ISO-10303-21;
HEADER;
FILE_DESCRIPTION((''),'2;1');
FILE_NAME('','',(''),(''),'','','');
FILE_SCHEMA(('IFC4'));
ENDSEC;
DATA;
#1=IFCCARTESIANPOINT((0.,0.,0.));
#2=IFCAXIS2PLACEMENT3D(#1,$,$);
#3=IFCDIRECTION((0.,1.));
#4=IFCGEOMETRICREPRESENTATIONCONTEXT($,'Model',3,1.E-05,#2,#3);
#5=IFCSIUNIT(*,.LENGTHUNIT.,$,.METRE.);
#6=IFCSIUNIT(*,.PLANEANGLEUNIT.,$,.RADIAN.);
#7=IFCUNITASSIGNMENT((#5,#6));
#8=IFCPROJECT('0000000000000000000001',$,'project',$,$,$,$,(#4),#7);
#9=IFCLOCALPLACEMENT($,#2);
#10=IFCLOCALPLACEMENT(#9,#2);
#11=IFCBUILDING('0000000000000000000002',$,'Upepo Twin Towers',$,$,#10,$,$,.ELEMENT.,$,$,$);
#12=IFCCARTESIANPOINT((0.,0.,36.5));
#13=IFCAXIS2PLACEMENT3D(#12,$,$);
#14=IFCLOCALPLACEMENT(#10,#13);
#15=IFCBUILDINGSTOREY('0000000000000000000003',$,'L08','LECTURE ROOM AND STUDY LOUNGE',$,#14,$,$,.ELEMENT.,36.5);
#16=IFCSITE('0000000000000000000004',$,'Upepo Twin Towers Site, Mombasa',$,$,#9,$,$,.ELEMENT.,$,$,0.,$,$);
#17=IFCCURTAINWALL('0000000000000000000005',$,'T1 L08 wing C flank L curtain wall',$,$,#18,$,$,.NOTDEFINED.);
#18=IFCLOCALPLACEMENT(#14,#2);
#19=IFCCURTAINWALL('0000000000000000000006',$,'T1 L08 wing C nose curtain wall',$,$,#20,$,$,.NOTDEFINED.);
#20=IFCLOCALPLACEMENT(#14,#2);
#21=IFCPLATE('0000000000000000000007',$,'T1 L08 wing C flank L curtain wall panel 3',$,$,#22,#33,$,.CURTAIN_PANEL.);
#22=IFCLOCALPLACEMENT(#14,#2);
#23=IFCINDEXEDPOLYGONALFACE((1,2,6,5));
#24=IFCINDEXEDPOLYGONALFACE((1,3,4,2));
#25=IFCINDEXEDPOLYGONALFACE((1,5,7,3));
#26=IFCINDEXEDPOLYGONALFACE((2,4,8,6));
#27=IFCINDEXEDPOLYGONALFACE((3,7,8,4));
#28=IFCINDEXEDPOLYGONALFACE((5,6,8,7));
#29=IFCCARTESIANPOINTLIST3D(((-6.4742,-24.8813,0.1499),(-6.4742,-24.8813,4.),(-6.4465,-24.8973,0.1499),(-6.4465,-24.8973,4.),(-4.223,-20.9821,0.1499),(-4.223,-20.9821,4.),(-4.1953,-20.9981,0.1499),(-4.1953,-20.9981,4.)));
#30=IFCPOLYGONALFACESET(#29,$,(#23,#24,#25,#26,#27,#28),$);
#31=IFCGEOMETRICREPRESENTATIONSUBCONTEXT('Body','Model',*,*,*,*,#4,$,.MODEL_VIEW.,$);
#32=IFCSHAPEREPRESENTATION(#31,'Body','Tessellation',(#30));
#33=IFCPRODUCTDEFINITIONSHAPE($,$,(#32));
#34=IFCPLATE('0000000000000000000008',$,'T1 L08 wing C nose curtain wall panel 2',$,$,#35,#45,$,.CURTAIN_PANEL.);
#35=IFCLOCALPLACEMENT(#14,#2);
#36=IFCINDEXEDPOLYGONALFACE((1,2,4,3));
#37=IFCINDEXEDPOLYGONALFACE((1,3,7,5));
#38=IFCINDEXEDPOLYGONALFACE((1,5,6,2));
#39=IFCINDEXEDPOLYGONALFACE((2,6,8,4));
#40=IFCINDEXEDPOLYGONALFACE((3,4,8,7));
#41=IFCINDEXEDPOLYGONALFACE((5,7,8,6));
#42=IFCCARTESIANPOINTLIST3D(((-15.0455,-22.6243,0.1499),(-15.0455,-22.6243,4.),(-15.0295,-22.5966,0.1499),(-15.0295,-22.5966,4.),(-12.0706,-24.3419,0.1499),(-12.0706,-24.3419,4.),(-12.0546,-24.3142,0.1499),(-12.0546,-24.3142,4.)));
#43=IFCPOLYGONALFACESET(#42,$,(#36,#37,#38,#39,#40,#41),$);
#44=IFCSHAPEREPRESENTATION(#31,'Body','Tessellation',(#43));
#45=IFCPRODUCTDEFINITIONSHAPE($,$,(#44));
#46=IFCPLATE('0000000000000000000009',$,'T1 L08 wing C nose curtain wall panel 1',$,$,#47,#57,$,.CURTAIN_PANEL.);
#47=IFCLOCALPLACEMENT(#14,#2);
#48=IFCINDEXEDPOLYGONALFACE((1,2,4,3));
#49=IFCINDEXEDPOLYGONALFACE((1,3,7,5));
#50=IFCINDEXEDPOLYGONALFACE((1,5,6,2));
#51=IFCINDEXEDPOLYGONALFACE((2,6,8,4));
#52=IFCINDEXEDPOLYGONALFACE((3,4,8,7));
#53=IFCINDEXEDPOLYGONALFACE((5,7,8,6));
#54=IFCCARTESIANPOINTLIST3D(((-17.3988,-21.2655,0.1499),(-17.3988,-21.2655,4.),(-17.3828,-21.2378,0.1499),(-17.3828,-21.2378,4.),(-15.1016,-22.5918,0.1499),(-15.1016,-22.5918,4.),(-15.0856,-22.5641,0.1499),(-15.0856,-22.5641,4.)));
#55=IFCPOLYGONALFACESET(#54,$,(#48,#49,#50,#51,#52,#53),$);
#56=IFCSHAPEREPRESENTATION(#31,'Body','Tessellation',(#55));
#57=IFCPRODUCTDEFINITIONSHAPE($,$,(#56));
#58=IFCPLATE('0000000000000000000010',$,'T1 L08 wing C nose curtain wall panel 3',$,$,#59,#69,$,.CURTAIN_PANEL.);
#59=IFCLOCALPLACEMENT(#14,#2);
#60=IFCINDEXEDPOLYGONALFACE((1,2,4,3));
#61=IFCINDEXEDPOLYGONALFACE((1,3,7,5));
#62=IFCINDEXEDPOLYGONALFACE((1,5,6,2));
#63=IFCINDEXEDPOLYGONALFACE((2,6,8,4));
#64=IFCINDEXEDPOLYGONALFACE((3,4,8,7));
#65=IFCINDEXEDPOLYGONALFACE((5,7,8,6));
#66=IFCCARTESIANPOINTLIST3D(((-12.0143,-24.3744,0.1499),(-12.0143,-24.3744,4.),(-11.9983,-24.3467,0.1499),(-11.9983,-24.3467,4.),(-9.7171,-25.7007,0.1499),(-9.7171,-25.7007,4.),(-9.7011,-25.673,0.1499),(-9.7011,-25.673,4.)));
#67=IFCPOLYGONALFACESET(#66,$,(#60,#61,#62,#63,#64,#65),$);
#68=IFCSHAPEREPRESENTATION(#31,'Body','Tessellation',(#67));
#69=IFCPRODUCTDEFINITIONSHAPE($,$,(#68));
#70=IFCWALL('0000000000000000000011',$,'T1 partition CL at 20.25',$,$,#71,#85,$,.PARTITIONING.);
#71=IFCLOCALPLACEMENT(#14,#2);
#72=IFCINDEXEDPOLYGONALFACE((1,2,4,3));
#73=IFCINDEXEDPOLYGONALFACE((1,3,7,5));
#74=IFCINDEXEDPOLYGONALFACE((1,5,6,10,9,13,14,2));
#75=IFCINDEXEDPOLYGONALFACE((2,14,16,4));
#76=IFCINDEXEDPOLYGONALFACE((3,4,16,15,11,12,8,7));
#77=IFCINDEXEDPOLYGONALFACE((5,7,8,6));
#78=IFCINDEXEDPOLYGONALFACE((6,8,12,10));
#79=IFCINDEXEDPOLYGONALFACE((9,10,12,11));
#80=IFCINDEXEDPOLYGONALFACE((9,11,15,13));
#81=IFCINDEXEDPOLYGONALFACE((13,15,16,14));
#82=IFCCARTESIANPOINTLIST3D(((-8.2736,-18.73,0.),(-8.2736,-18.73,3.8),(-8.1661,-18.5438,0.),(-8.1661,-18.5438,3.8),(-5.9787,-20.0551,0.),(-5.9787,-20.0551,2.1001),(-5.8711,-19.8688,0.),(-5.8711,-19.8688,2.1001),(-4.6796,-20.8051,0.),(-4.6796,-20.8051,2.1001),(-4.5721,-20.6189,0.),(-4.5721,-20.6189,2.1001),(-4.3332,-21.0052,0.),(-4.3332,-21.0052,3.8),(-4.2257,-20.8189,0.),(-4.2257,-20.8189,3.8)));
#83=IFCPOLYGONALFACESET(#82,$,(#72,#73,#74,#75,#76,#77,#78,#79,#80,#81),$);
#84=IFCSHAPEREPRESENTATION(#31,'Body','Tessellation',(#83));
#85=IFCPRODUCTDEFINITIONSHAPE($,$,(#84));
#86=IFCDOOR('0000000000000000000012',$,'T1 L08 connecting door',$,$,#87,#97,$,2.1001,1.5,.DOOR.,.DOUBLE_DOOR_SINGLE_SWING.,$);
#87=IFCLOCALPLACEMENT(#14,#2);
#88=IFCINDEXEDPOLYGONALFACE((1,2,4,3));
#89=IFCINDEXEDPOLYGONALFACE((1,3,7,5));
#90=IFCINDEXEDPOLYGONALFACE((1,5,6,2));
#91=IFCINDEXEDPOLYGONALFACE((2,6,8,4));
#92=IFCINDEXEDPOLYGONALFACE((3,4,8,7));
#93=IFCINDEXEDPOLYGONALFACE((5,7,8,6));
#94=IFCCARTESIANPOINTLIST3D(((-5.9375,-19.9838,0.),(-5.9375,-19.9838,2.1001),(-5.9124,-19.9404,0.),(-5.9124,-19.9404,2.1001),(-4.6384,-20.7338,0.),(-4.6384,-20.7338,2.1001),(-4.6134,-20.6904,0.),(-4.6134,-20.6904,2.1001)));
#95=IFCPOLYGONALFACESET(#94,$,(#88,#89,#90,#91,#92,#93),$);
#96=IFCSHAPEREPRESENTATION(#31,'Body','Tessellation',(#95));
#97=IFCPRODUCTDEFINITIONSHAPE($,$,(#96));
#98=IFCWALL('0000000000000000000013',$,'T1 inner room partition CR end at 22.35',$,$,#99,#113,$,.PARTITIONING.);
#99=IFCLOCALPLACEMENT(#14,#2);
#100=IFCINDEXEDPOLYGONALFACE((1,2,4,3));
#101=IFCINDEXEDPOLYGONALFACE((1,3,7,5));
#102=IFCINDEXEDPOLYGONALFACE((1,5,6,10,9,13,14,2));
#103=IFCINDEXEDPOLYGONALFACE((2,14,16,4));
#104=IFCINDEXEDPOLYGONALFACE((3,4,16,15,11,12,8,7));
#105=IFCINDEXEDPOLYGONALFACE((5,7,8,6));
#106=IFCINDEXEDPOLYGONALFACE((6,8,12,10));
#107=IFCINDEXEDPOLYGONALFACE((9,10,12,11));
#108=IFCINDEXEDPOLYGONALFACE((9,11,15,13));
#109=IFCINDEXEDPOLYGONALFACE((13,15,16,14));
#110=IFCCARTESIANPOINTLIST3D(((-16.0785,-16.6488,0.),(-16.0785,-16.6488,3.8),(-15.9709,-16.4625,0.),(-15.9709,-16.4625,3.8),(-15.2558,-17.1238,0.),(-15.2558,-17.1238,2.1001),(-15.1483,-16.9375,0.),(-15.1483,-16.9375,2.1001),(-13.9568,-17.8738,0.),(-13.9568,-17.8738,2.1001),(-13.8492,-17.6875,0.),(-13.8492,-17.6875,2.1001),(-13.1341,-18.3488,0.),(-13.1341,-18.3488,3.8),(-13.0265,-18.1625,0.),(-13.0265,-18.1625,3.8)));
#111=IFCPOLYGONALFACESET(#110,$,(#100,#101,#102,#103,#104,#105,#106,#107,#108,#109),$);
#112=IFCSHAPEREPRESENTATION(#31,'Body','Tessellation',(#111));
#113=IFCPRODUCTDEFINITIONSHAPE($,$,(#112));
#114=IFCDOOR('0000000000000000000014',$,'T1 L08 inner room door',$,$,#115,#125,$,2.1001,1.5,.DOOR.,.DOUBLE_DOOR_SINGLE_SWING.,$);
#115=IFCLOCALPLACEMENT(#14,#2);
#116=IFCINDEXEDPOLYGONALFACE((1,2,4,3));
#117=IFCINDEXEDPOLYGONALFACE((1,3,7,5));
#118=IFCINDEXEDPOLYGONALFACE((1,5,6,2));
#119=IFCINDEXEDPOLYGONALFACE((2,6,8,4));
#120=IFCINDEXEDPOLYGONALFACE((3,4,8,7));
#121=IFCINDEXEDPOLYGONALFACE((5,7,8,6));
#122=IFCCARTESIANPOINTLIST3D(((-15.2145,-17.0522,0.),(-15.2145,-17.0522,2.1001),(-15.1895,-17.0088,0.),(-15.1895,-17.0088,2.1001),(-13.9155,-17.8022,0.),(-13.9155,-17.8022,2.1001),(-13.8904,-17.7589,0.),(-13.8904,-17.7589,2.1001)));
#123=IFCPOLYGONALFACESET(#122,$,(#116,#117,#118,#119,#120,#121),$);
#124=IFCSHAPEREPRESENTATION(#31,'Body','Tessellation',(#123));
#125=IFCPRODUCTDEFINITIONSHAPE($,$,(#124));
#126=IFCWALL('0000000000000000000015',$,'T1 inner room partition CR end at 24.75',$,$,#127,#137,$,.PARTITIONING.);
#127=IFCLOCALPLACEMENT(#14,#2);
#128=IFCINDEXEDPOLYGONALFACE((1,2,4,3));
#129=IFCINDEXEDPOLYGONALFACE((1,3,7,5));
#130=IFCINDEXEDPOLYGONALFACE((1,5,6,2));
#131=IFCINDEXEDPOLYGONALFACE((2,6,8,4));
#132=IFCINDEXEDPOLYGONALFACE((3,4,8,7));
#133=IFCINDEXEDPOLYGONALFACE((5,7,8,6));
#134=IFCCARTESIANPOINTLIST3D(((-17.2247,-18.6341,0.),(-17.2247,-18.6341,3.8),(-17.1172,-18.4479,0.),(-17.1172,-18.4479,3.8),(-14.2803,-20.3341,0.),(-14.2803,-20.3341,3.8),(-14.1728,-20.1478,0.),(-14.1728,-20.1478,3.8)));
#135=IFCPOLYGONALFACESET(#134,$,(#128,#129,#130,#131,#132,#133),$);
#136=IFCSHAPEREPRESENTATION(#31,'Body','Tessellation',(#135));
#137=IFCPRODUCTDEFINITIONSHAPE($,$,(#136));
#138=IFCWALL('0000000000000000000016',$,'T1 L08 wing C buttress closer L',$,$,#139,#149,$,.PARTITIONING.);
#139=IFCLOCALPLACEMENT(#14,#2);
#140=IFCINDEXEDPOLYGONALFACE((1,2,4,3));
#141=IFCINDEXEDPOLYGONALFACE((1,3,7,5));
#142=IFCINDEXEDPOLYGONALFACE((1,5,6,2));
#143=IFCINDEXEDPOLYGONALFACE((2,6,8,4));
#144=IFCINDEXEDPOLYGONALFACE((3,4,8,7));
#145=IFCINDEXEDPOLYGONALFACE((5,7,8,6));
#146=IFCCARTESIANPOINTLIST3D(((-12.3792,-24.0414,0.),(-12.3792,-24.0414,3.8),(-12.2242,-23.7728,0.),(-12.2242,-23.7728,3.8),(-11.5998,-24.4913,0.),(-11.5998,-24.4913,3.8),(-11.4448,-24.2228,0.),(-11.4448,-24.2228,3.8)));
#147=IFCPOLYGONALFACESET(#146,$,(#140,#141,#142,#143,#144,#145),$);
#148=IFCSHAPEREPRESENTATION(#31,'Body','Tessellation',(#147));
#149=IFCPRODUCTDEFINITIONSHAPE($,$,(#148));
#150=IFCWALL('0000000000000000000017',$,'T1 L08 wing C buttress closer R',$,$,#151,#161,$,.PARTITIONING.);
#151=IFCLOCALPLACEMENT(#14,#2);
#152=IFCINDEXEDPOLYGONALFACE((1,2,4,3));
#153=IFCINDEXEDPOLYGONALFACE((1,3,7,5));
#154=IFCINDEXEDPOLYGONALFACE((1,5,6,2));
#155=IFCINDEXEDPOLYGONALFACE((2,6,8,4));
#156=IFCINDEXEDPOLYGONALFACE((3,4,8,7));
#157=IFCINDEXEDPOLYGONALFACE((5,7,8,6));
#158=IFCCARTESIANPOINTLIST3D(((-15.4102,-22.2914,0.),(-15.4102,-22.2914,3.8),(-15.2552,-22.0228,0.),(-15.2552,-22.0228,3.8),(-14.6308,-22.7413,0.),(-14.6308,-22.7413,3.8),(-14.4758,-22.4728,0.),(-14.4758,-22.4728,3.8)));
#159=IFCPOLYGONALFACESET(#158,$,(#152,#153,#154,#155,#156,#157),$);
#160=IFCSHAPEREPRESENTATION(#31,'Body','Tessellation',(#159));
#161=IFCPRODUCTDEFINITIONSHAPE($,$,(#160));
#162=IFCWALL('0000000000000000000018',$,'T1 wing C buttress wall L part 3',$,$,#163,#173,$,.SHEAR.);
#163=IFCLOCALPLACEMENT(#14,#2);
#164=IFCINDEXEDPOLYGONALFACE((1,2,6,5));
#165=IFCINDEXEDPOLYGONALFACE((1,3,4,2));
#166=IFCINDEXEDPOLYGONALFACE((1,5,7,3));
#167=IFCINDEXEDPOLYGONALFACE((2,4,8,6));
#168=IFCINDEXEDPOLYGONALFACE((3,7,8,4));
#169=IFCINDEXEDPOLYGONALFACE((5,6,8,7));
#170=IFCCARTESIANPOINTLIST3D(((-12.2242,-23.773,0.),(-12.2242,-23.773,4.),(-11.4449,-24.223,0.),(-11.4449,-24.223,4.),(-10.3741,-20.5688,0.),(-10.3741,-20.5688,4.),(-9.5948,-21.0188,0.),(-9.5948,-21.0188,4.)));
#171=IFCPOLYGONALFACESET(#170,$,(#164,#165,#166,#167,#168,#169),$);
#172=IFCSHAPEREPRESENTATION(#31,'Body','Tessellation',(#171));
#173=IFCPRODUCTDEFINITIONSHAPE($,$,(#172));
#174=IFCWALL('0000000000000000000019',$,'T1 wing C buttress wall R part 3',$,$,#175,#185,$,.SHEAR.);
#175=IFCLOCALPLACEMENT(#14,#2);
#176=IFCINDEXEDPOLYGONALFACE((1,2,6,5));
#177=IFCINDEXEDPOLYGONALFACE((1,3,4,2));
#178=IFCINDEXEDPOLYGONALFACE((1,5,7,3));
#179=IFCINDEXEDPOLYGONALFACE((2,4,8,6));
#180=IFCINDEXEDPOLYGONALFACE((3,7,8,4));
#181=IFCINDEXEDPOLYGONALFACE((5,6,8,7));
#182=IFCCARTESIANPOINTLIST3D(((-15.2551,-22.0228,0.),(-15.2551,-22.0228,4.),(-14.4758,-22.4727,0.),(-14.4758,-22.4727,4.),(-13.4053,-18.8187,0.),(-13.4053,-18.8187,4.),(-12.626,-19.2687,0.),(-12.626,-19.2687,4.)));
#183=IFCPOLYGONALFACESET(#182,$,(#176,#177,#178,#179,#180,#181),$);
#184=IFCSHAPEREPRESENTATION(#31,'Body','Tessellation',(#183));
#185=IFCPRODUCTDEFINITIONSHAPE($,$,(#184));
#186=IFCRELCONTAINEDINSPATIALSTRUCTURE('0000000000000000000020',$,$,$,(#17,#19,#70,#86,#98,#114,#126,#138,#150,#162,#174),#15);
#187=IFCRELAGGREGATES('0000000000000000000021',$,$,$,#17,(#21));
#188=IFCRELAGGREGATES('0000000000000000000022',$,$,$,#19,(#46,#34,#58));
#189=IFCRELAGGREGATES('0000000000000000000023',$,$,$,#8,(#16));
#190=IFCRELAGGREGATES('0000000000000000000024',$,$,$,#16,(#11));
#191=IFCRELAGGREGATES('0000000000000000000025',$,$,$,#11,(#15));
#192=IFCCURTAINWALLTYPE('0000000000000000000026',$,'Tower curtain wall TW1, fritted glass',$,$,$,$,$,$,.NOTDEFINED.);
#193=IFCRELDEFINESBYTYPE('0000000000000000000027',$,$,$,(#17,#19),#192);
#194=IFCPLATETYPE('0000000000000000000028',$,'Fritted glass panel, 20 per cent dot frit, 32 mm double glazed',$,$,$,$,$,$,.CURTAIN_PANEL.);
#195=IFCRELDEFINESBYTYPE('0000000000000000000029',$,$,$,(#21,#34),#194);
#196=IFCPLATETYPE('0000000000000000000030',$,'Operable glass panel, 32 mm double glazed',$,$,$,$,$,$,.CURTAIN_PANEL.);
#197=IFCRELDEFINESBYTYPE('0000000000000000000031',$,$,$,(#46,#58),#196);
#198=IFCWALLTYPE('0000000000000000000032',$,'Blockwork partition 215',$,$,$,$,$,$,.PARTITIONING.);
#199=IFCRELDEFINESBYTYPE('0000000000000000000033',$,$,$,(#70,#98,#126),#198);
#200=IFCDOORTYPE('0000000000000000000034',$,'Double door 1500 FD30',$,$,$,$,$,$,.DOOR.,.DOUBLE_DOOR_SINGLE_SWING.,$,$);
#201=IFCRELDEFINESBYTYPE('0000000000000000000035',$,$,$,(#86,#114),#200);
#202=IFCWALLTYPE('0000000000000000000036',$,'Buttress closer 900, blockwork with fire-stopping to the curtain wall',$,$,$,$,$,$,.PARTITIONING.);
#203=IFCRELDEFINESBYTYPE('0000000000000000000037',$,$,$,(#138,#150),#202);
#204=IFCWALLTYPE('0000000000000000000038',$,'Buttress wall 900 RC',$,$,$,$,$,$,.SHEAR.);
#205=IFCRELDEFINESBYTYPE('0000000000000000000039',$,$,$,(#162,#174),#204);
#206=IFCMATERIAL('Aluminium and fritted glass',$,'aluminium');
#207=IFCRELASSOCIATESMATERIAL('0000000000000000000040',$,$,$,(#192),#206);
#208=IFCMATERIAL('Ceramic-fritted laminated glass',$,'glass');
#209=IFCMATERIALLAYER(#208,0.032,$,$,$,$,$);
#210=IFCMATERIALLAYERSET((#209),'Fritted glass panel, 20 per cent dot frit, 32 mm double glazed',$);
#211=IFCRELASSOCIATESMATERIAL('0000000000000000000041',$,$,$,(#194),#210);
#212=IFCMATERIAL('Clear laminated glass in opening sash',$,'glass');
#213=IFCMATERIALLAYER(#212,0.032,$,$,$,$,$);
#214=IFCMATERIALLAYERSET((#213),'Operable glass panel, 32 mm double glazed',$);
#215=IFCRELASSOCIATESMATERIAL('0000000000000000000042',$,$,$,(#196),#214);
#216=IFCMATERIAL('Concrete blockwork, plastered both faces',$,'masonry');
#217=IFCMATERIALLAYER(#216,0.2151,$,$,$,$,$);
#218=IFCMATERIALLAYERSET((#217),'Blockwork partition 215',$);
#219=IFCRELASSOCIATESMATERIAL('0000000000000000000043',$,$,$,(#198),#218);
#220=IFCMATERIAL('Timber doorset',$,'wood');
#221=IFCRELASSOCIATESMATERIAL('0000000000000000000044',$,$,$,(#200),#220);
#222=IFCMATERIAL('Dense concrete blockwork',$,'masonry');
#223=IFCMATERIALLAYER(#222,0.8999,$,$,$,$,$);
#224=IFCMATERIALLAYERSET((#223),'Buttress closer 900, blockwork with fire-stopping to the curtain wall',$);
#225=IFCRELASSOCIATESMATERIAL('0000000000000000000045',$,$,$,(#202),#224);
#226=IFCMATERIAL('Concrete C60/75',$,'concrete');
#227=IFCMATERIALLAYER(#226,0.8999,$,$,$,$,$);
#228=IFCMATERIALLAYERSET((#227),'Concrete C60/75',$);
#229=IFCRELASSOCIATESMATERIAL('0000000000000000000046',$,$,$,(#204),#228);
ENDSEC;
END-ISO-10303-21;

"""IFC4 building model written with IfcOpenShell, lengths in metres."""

from ifc_helpers import new_model, si_unit, direction, frame, frame_2d, origin, origin_2d, place, context, subcontext, project, spatial, rectangle, extrude, material, layer, layer_set, type_object, element, fill, aggregate, save


model = new_model("IFC4")

# Units and contexts
model_context = context("Model", 3, precision=1e-05, world=origin(), true_north=direction((0.0, 1.0)))
body_context = subcontext(model_context, "Body", "Model", "MODEL_VIEW")
ifc_project = project(units=[si_unit("LENGTHUNIT", "METRE"), si_unit("PLANEANGLEUNIT", "RADIAN")], contexts=[model_context])

# Site, building, storey
site_placement = place(None, origin())
site = spatial("IfcSite", under=ifc_project, at=site_placement, Name="Upepo Twin Towers Site, Mombasa", CompositionType="ELEMENT", RefElevation=0.0)
building_placement = place(site_placement, origin())
building = spatial("IfcBuilding", under=site, at=building_placement, Name="Upepo Twin Towers", CompositionType="ELEMENT")
storey_placement = place(building_placement, frame((0.0, 0.0, 36.5)))
storey = spatial("IfcBuildingStorey", under=building, at=storey_placement, Name="L08", Description="LECTURE ROOM AND STUDY LOUNGE", CompositionType="ELEMENT", Elevation=36.5)

# Curtain wall
ifc_material_1 = material(Name="Aluminium and fritted glass", Category="aluminium")
curtain_wall_type = type_object("IfcCurtainWallType", Name="Tower curtain wall TW1, fritted glass", PredefinedType="NOTDEFINED", material=ifc_material_1)
curtain_wall_1_placement = place(storey_placement, origin())
curtain_wall_1 = element("IfcCurtainWall", 1, at=curtain_wall_1_placement, inside=storey, type_object=curtain_wall_type, Name="T1 L08 wing C flank L curtain wall", PredefinedType="NOTDEFINED")

# Curtain wall
curtain_wall_2_placement = place(storey_placement, origin())
curtain_wall_2 = element("IfcCurtainWall", 2, at=curtain_wall_2_placement, inside=storey, type_object=curtain_wall_type, Name="T1 L08 wing C nose curtain wall", PredefinedType="NOTDEFINED")

# Plates
ifc_material_2 = material(Name="Ceramic-fritted laminated glass", Category="glass")
ifc_layer_1 = layer(ifc_material_2, 0.032)
ifc_layer_set_1 = layer_set([ifc_layer_1], Name="Fritted glass panel, 20 per cent dot frit, 32 mm double glazed")
plate_type_1 = type_object("IfcPlateType", Name="Fritted glass panel, 20 per cent dot frit, 32 mm double glazed", PredefinedType="CURTAIN_PANEL", material=ifc_layer_set_1)
plate_1_placement = place(storey_placement, frame((-5.3347, -22.9397, 0.1499), z_axis=(0.0, 0.0, 1.0), x_axis=(-0.5, -0.866025, 0.0)))
plate_1 = element("IfcPlate", 3, at=plate_1_placement, type_object=plate_type_1, Name="T1 L08 wing C flank L curtain wall panel 3", PredefinedType="CURTAIN_PANEL", context=body_context, shape_type="SweptSolid", body=[
    extrude(rectangle(XDim=4.5024, YDim=0.032, at=origin_2d()), origin(), (0.0, 0.0, 1.0), 3.8501),
])
aggregate(curtain_wall_1, [plate_1])
plate_2_placement = place(storey_placement, frame((-13.55, -23.4692, 0.1499), z_axis=(0.0, 0.0, 1.0), x_axis=(0.866025, -0.5, 0.0)))
plate_2 = element("IfcPlate", 4, at=plate_2_placement, type_object=plate_type_1, Name="T1 L08 wing C nose curtain wall panel 2", PredefinedType="CURTAIN_PANEL", context=body_context, shape_type="SweptSolid", body=[
    extrude(rectangle(XDim=3.4351, YDim=0.032, at=origin_2d()), origin(), (0.0, 0.0, 1.0), 3.8501),
])
ifc_material_3 = material(Name="Clear laminated glass in opening sash", Category="glass")
ifc_layer_2 = layer(ifc_material_3, 0.032)
ifc_layer_set_2 = layer_set([ifc_layer_2], Name="Operable glass panel, 32 mm double glazed")
plate_type_2 = type_object("IfcPlateType", Name="Operable glass panel, 32 mm double glazed", PredefinedType="CURTAIN_PANEL", material=ifc_layer_set_2)
plate_3_placement = place(storey_placement, frame((-16.2422, -21.9148, 0.1499), z_axis=(0.0, 0.0, 1.0), x_axis=(0.866025, -0.5, 0.0)))
plate_3 = element("IfcPlate", 5, at=plate_3_placement, type_object=plate_type_2, Name="T1 L08 wing C nose curtain wall panel 1", PredefinedType="CURTAIN_PANEL", context=body_context, shape_type="SweptSolid", body=[
    extrude(rectangle(XDim=2.6526, YDim=0.032, at=origin_2d()), origin(), (0.0, 0.0, 1.0), 3.8501),
])
plate_4_placement = place(storey_placement, frame((-10.8577, -25.0237, 0.1499), z_axis=(0.0, 0.0, 1.0), x_axis=(0.866025, -0.5, 0.0)))
plate_4 = element("IfcPlate", 6, at=plate_4_placement, type_object=plate_type_2, Name="T1 L08 wing C nose curtain wall panel 3", PredefinedType="CURTAIN_PANEL", context=body_context, shape_type="SweptSolid", body=[
    extrude(rectangle(XDim=2.6526, YDim=0.032, at=origin_2d()), origin(), (0.0, 0.0, 1.0), 3.8501),
])
aggregate(curtain_wall_2, [plate_3, plate_2, plate_4])

# Walls, openings, doors
ifc_material_4 = material(Name="Concrete blockwork, plastered both faces", Category="masonry")
ifc_layer_3 = layer(ifc_material_4, 0.2151)
ifc_layer_set_3 = layer_set([ifc_layer_3], Name="Blockwork partition 215")
wall_type_1 = type_object("IfcWallType", Name="Blockwork partition 215", PredefinedType="PARTITIONING", material=ifc_layer_set_3)
wall_1_placement = place(storey_placement, frame((-8.2197, -18.637, 0.0), z_axis=(0.0, 0.0, 1.0), x_axis=(0.866012, -0.500023, 0.0)))
wall_1 = element("IfcWall", 7, at=wall_1_placement, inside=storey, type_object=wall_type_1, Name="T1 partition CL at 20.25", PredefinedType="PARTITIONING", context=body_context, shape_type="SweptSolid", body=[
    extrude(rectangle(XDim=4.55, YDim=0.2151, at=frame_2d((2.2749, 0.0))), origin(), (0.0, 0.0, 1.0), 3.8),
])
opening_1_placement = place(wall_1_placement, frame((2.6499, 0.0, 0.0)))
opening_1 = element("IfcOpeningElement", 8, at=opening_1_placement, cuts=wall_1, PredefinedType="OPENING", context=body_context, shape_type="SweptSolid", body=[
    extrude(rectangle(XDim=1.5, YDim=2.1001, at=frame_2d((0.75, 1.05))), frame((0.0, 0.1174, 0.0), z_axis=(0.0, -1.0, 0.0), x_axis=(1.0, 0.0, 0.0)), (0.0, 0.0, 1.0), 0.2351),
])
ifc_material_5 = material(Name="Timber doorset", Category="wood")
door_type = type_object("IfcDoorType", Name="Double door 1500 FD30", OperationType="DOUBLE_DOOR_SINGLE_SWING", PredefinedType="DOOR", material=ifc_material_5)
door_1_placement = place(opening_1_placement, origin())
door_1 = element("IfcDoor", 9, at=door_1_placement, inside=storey, type_object=door_type, Name="T1 L08 connecting door", OperationType="DOUBLE_DOOR_SINGLE_SWING", OverallHeight=2.1001, OverallWidth=1.5, PredefinedType="DOOR", context=body_context, shape_type="SweptSolid", body=[
    extrude(rectangle(XDim=1.5, YDim=2.1001, at=frame_2d((0.75, 1.05))), frame((0.0, 0.0249, 0.0), z_axis=(0.0, -1.0, 0.0), x_axis=(1.0, 0.0, 0.0)), (0.0, 0.0, 1.0), 0.05),
])
fill(opening_1, door_1)
wall_2_placement = place(storey_placement, frame((-13.0803, -18.2556, 0.0), z_axis=(0.0, 0.0, 1.0), x_axis=(-0.866021, 0.500008, 0.0)))
wall_2 = element("IfcWall", 10, at=wall_2_placement, inside=storey, type_object=wall_type_1, Name="T1 inner room partition CR end at 22.35", PredefinedType="PARTITIONING", context=body_context, shape_type="SweptSolid", body=[
    extrude(rectangle(XDim=3.3999, YDim=0.2151, at=frame_2d((1.7, 0.0))), origin(), (0.0, 0.0, 1.0), 3.8),
])
opening_2_placement = place(wall_2_placement, frame((0.95, 0.0, 0.0)))
opening_2 = element("IfcOpeningElement", 11, at=opening_2_placement, cuts=wall_2, PredefinedType="OPENING", context=body_context, shape_type="SweptSolid", body=[
    extrude(rectangle(XDim=1.5, YDim=2.1001, at=frame_2d((0.75, 1.05))), frame((0.0, 0.1174, 0.0), z_axis=(0.0, -1.0, 0.0), x_axis=(1.0, 0.0, 0.0)), (0.0, 0.0, 1.0), 0.2351),
])
door_2_placement = place(opening_2_placement, origin())
door_2 = element("IfcDoor", 12, at=door_2_placement, inside=storey, type_object=door_type, Name="T1 L08 inner room door", OperationType="DOUBLE_DOOR_SINGLE_SWING", OverallHeight=2.1001, OverallWidth=1.5, PredefinedType="DOOR", context=body_context, shape_type="SweptSolid", body=[
    extrude(rectangle(XDim=1.5, YDim=2.1001, at=frame_2d((0.75, 1.05))), frame((0.0, 0.0249, 0.0), z_axis=(0.0, -1.0, 0.0), x_axis=(1.0, 0.0, 0.0)), (0.0, 0.0, 1.0), 0.05),
])
fill(opening_2, door_2)

# Walls
wall_3_placement = place(storey_placement, frame((-14.2266, -20.241, 0.0), z_axis=(0.0, 0.0, 1.0), x_axis=(-0.866021, 0.500008, 0.0)))
element("IfcWall", 13, at=wall_3_placement, inside=storey, type_object=wall_type_1, Name="T1 inner room partition CR end at 24.75", PredefinedType="PARTITIONING", context=body_context, shape_type="SweptSolid", body=[
    extrude(rectangle(XDim=3.3999, YDim=0.2151, at=frame_2d((1.7, 0.0))), origin(), (0.0, 0.0, 1.0), 3.8),
])
ifc_material_6 = material(Name="Dense concrete blockwork", Category="masonry")
ifc_layer_4 = layer(ifc_material_6, 0.8999)
ifc_layer_set_4 = layer_set([ifc_layer_4], Name="Buttress closer 900, blockwork with fire-stopping to the curtain wall")
wall_type_2 = type_object("IfcWallType", Name="Buttress closer 900, blockwork with fire-stopping to the curtain wall", PredefinedType="PARTITIONING", material=ifc_layer_set_4)
for number, where, z_axis, x_axis, name in (
    (14, (-11.8345, -23.9978, 0.0), (0.0, 0.0, 1.0), (-0.49995, -0.866054, 0.0), "T1 L08 wing C buttress closer L"),
    (15, (-14.8655, -22.2478, 0.0), (0.0, 0.0, 1.0), (-0.49995, -0.866054, 0.0), "T1 L08 wing C buttress closer R"),
):
    element("IfcWall", number, at=place(storey_placement, frame(where, z_axis=z_axis, x_axis=x_axis)), inside=storey, type_object=wall_type_2, Name=name, PredefinedType="PARTITIONING", context=body_context, shape_type="SweptSolid", body=[
        extrude(rectangle(XDim=0.3101, YDim=0.8999, at=frame_2d((0.155, 0.0))), origin(), (0.0, 0.0, 1.0), 3.8),
    ])
ifc_material_7 = material(Name="Concrete C60/75", Category="concrete")
ifc_layer_5 = layer(ifc_material_7, 0.8999)
ifc_layer_set_5 = layer_set([ifc_layer_5], Name="Concrete C60/75")
wall_type_3 = type_object("IfcWallType", Name="Buttress wall 900 RC", PredefinedType="SHEAR", material=ifc_layer_set_5)
wall_4_placement = place(storey_placement, frame((-9.9844, -20.7937, 0.0), z_axis=(0.0, 0.0, 1.0), x_axis=(-0.500042, -0.866001, 0.0)))
element("IfcWall", 16, at=wall_4_placement, inside=storey, type_object=wall_type_3, Name="T1 wing C buttress wall L part 3", PredefinedType="SHEAR", context=body_context, shape_type="SweptSolid", body=[
    extrude(rectangle(XDim=3.7, YDim=0.8999, at=frame_2d((1.8501, 0.0))), origin(), (0.0, 0.0, 1.0), 4.0),
])
wall_5_placement = place(storey_placement, frame((-13.0156, -19.0437, 0.0), z_axis=(0.0, 0.0, 1.0), x_axis=(-0.499993, -0.86603, 0.0)))
element("IfcWall", 17, at=wall_5_placement, inside=storey, type_object=wall_type_3, Name="T1 wing C buttress wall R part 3", PredefinedType="SHEAR", context=body_context, shape_type="SweptSolid", body=[
    extrude(rectangle(XDim=3.6997, YDim=0.8999, at=frame_2d((1.8499, 0.0))), origin(), (0.0, 0.0, 1.0), 4.0),
])

save(model, "model.ifc")
